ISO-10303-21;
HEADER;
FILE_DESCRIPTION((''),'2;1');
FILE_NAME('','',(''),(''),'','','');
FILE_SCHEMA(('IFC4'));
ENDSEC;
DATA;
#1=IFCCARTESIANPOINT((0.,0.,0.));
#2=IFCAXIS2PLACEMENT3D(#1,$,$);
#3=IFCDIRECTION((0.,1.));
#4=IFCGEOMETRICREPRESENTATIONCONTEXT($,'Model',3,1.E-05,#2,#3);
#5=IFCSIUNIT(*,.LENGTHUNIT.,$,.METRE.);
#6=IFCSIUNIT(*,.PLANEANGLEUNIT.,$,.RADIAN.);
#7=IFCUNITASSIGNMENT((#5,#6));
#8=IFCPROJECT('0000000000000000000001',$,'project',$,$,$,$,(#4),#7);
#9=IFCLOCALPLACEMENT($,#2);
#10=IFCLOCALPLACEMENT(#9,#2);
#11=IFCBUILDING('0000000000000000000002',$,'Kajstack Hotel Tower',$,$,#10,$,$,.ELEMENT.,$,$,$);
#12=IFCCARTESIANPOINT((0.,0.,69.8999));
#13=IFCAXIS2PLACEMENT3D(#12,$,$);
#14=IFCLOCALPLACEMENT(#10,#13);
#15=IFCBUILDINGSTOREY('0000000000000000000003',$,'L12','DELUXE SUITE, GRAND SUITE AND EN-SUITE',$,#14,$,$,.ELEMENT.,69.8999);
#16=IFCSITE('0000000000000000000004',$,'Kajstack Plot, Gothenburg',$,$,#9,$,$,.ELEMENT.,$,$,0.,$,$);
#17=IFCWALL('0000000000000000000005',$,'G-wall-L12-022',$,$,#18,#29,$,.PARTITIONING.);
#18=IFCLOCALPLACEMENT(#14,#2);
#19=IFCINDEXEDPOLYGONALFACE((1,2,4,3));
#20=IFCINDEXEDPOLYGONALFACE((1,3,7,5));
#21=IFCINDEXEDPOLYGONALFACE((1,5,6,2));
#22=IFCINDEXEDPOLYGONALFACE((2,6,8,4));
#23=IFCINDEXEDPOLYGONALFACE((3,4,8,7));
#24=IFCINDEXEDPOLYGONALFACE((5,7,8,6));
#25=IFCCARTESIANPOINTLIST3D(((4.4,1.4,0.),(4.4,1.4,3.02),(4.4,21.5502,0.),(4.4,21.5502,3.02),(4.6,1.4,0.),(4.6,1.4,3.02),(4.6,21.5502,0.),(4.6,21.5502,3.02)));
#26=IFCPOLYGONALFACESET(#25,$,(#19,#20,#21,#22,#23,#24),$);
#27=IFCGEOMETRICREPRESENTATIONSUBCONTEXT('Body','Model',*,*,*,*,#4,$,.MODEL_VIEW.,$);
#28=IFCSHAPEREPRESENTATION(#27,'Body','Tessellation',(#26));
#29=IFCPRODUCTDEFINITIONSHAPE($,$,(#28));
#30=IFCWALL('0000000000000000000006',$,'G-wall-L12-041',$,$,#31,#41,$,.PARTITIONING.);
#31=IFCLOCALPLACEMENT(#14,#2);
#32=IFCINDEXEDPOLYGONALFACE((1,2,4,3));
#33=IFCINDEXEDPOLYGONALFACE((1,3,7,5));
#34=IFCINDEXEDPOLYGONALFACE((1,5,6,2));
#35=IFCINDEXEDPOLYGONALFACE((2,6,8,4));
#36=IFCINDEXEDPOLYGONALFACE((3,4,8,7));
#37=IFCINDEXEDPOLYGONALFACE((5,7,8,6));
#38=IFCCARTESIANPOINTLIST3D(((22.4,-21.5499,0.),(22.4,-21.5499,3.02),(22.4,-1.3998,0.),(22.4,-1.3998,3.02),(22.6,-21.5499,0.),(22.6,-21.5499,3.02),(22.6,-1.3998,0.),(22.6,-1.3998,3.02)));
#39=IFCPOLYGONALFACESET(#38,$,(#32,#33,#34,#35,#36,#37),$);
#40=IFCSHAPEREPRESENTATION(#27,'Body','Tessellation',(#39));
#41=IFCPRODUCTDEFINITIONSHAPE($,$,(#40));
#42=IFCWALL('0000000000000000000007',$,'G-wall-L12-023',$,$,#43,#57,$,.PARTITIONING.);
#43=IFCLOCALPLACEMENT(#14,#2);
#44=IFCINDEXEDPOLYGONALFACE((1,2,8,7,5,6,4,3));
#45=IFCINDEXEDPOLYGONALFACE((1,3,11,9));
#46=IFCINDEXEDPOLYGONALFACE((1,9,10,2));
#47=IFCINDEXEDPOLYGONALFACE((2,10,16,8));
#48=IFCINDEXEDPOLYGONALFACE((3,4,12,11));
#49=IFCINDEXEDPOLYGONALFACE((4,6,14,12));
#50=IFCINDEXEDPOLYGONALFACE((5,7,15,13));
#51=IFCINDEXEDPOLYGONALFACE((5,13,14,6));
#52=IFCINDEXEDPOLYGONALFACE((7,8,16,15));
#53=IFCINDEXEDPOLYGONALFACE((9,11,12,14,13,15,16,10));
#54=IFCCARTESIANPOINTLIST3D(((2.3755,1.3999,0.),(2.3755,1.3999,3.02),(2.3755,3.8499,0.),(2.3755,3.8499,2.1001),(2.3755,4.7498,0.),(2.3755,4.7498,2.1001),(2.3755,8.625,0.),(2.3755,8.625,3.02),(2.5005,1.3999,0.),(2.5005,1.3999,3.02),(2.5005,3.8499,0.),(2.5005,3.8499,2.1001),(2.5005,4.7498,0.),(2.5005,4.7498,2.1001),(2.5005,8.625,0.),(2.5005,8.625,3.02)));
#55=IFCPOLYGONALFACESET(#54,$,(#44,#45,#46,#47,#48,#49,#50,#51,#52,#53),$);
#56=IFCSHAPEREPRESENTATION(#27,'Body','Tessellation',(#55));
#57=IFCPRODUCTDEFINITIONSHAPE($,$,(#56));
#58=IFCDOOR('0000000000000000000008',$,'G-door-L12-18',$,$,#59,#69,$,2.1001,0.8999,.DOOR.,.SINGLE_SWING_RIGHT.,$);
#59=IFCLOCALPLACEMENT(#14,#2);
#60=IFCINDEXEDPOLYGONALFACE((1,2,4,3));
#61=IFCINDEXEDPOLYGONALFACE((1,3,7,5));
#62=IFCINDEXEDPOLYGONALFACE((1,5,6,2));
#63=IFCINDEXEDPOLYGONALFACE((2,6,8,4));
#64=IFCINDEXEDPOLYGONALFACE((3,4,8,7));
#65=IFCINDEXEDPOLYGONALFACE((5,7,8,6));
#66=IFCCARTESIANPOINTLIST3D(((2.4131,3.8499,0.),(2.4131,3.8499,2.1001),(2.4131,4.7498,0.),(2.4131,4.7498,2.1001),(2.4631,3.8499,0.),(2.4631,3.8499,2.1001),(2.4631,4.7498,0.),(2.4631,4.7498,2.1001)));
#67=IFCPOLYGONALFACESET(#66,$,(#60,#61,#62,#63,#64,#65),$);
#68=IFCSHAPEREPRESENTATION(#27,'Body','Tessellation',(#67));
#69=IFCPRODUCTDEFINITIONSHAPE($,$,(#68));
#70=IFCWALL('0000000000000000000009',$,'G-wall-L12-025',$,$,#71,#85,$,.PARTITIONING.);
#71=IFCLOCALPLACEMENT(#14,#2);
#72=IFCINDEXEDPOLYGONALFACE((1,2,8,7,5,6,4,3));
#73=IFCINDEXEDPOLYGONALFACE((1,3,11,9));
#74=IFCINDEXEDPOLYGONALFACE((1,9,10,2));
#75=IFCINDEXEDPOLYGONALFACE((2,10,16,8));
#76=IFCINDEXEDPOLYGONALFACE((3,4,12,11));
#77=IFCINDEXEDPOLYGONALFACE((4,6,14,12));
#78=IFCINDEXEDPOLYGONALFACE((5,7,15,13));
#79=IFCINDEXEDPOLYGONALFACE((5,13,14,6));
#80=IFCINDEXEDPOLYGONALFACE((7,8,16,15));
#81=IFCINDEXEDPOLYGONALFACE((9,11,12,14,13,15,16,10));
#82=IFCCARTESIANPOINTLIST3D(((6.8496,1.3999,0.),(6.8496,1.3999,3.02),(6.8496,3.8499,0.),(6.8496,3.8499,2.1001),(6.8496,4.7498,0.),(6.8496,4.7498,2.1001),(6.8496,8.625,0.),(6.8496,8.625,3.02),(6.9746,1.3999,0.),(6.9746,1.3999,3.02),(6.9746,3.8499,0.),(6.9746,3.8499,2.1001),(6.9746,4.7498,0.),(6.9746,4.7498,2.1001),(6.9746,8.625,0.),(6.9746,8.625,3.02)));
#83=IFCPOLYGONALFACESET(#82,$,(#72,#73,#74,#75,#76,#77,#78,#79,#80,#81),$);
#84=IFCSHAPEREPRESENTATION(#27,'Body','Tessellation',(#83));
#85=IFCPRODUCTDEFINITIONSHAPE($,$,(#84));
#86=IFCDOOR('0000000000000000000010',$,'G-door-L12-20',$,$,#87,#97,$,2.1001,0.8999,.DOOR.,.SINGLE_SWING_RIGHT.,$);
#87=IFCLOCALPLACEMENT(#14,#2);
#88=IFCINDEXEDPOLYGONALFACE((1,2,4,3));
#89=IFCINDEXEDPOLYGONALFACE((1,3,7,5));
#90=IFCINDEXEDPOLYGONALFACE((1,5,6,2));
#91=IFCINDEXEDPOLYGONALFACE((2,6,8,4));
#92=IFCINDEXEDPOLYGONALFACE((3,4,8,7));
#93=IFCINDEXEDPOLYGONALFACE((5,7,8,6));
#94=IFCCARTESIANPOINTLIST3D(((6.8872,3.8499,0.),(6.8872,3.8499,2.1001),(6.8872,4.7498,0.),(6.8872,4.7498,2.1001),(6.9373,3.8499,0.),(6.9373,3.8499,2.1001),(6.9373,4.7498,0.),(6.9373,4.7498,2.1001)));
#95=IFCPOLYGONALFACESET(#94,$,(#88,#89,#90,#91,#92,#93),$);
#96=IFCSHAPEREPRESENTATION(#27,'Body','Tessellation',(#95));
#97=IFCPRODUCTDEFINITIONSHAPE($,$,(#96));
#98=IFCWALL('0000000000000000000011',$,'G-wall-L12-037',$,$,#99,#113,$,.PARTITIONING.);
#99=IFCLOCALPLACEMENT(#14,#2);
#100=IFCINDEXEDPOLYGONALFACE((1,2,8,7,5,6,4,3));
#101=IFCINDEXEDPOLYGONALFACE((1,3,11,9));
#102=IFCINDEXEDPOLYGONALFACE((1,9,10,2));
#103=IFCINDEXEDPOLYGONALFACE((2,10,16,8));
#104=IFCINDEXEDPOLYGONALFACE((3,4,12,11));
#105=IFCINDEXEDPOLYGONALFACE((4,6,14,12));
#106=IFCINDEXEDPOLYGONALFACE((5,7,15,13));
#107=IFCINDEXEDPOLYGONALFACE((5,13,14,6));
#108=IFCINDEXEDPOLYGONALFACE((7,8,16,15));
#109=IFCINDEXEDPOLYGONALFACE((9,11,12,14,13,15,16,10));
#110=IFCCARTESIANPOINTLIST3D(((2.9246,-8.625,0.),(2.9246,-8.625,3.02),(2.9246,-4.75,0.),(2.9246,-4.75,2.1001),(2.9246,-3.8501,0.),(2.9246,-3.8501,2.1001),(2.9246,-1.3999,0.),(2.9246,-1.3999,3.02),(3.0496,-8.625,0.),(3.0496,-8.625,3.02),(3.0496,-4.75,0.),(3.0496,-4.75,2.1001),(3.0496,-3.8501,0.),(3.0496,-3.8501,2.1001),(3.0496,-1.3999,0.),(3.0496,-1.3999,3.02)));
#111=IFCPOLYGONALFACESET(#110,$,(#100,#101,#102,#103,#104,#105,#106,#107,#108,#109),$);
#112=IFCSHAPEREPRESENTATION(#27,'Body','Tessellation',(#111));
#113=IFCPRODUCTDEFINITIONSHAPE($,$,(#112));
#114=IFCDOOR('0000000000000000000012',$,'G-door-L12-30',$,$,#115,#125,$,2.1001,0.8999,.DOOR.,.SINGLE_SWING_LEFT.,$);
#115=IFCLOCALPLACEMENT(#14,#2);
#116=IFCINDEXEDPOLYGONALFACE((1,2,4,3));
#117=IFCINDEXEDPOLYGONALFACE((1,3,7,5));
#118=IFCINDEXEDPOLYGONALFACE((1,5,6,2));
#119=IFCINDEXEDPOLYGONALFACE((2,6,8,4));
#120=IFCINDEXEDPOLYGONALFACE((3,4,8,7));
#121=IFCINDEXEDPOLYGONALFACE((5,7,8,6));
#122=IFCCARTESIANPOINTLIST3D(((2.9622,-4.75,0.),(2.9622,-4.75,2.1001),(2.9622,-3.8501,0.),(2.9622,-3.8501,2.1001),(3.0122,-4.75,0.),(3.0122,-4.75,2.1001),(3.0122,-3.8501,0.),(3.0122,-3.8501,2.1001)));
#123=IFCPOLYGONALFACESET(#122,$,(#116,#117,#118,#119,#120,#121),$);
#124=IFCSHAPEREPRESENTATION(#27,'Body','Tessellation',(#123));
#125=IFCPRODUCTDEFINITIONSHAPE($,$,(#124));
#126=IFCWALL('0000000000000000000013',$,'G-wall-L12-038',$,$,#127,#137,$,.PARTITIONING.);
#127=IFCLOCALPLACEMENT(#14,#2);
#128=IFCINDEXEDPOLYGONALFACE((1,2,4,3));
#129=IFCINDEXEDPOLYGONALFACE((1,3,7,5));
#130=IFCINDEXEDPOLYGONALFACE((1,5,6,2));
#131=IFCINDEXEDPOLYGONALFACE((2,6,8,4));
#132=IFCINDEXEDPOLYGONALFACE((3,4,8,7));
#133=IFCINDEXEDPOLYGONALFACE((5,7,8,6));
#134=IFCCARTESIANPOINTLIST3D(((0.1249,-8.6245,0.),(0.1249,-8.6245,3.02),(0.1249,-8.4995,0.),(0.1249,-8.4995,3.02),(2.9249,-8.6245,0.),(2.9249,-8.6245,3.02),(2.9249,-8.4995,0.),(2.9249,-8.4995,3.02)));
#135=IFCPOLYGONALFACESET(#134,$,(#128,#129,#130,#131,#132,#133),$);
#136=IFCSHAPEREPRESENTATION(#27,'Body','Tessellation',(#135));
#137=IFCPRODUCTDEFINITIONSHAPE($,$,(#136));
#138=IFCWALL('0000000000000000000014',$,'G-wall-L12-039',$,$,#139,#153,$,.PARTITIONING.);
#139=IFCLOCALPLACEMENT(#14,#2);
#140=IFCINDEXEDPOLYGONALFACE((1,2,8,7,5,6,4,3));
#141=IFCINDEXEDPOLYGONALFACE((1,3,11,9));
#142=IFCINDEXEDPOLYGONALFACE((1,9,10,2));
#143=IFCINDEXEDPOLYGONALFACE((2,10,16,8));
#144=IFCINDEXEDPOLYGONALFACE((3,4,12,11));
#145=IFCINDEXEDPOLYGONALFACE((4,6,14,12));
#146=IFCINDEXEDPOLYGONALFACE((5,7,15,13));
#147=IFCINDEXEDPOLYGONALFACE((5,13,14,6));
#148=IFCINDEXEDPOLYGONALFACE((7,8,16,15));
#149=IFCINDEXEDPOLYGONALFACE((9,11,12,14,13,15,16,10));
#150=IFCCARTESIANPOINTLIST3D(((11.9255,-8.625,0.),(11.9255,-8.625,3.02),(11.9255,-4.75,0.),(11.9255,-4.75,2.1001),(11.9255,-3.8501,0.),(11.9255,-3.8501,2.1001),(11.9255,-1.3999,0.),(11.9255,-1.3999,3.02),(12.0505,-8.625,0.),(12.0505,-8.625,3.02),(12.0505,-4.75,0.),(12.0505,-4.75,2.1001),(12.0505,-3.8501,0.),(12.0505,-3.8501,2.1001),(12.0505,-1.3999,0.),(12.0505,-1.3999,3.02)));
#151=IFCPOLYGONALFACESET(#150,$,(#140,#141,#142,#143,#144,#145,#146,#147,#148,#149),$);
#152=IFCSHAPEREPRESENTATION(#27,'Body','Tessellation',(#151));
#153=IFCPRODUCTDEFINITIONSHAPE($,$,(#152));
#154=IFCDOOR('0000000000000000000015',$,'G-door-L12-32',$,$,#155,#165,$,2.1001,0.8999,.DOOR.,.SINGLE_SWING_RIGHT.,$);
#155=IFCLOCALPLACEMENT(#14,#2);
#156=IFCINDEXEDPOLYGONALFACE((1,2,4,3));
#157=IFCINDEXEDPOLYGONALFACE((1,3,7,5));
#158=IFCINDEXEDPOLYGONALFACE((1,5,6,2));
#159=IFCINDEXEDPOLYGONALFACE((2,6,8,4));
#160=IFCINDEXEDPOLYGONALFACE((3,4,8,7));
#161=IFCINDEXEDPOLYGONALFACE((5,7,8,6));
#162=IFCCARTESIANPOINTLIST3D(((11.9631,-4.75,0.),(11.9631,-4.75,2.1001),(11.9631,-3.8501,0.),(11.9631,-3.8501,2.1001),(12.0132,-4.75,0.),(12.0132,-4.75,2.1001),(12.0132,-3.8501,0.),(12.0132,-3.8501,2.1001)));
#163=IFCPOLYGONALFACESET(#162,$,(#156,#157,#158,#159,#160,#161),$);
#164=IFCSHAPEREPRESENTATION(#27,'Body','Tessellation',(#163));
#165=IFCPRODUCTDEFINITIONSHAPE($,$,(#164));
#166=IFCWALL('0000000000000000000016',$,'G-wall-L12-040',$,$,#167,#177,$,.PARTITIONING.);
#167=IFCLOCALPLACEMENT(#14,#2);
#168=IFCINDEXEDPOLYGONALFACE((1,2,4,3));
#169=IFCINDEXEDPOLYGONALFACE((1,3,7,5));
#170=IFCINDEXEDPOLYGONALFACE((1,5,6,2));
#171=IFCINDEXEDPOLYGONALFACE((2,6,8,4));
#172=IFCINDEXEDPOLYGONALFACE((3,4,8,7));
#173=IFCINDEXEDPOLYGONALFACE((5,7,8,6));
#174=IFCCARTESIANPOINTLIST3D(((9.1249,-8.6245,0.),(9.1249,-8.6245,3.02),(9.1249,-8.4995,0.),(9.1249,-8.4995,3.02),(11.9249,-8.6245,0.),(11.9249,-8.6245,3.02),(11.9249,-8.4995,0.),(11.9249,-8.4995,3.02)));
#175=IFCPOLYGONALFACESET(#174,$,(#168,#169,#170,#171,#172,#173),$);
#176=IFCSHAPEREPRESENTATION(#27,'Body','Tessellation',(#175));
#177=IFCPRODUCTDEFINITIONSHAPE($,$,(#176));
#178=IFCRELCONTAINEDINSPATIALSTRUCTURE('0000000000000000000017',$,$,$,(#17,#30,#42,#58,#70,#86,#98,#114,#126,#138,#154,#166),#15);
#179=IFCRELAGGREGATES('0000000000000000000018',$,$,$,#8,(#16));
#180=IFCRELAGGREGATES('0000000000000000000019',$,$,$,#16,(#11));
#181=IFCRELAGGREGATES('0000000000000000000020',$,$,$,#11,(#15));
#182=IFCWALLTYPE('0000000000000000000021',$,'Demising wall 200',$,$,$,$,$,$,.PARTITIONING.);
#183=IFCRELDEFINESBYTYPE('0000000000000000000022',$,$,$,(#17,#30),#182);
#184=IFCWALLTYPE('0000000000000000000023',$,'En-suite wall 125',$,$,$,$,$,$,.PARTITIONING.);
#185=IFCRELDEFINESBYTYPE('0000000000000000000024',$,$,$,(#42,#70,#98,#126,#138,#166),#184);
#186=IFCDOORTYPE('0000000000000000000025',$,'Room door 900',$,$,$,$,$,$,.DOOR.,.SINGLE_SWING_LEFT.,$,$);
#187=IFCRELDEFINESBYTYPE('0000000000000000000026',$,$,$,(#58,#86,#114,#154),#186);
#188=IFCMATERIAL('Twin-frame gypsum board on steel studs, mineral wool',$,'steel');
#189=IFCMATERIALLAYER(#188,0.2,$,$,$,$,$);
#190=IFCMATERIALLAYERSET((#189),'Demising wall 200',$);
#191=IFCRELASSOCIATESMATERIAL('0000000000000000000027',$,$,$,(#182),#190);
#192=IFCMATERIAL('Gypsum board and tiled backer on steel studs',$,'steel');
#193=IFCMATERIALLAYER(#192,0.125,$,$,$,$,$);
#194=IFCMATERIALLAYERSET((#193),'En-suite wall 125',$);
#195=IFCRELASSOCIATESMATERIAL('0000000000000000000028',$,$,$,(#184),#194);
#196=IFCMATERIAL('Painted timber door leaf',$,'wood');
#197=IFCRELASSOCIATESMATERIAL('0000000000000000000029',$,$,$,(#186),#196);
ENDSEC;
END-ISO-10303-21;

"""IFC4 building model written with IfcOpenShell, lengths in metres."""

from ifc_helpers import new_model, si_unit, direction, frame, frame_2d, origin, place, context, subcontext, project, spatial, rectangle, extrude, material, layer, layer_set, type_object, element, fill, save


model = new_model("IFC4")

# Units and contexts
model_context = context("Model", 3, precision=1e-05, world=origin(), true_north=direction((0.0, 1.0)))
body_context = subcontext(model_context, "Body", "Model", "MODEL_VIEW")
ifc_project = project(units=[si_unit("LENGTHUNIT", "METRE"), si_unit("PLANEANGLEUNIT", "RADIAN")], contexts=[model_context])

# Site, building, storey
site_placement = place(None, origin())
site = spatial("IfcSite", under=ifc_project, at=site_placement, Name="Kajstack Plot, Gothenburg", CompositionType="ELEMENT", RefElevation=0.0)
building_placement = place(site_placement, origin())
building = spatial("IfcBuilding", under=site, at=building_placement, Name="Kajstack Hotel Tower", CompositionType="ELEMENT")
storey_placement = place(building_placement, frame((0.0, 0.0, 69.8999)))
storey = spatial("IfcBuildingStorey", under=building, at=storey_placement, Name="L12", Description="DELUXE SUITE, GRAND SUITE AND EN-SUITE", CompositionType="ELEMENT", Elevation=69.8999)

# Walls
ifc_material_1 = material(Name="Twin-frame gypsum board on steel studs, mineral wool", Category="steel")
ifc_layer_1 = layer(ifc_material_1, 0.2)
ifc_layer_set_1 = layer_set([ifc_layer_1], Name="Demising wall 200")
wall_type_1 = type_object("IfcWallType", Name="Demising wall 200", PredefinedType="PARTITIONING", material=ifc_layer_set_1)
for number, where, z_axis, x_axis, name in (
    (1, (4.5, 1.3999, 0.0), (0.0, 0.0, 1.0), (0.0, 1.0, 0.0), "G-wall-L12-022"),
    (2, (22.5, -21.55, 0.0), (0.0, 0.0, 1.0), (0.0, 1.0, 0.0), "G-wall-L12-041"),
):
    element("IfcWall", number, at=place(storey_placement, frame(where, z_axis=z_axis, x_axis=x_axis)), inside=storey, type_object=wall_type_1, Name=name, PredefinedType="PARTITIONING", context=body_context, shape_type="SweptSolid", body=[
        extrude(rectangle(XDim=20.1501, YDim=0.2, at=frame_2d((10.0752, 0.0))), origin(), (0.0, 0.0, 1.0), 3.02),
    ])

# Walls, openings, doors
ifc_material_2 = material(Name="Gypsum board and tiled backer on steel studs", Category="steel")
ifc_layer_2 = layer(ifc_material_2, 0.125)
ifc_layer_set_2 = layer_set([ifc_layer_2], Name="En-suite wall 125")
wall_type_2 = type_object("IfcWallType", Name="En-suite wall 125", PredefinedType="PARTITIONING", material=ifc_layer_set_2)
wall_1_placement = place(storey_placement, frame((2.438, 1.3999, 0.0), z_axis=(0.0, 0.0, 1.0), x_axis=(0.0, 1.0, 0.0)))
wall_1 = element("IfcWall", 3, at=wall_1_placement, inside=storey, type_object=wall_type_2, Name="G-wall-L12-023", PredefinedType="PARTITIONING", context=body_context, shape_type="SweptSolid", body=[
    extrude(rectangle(XDim=7.2251, YDim=0.125, at=frame_2d((3.6125, 0.0))), origin(), (0.0, 0.0, 1.0), 3.02),
])
opening_1_placement = place(wall_1_placement, frame((2.45, 0.0, 0.0)))
opening_1 = element("IfcOpeningElement", 4, at=opening_1_placement, cuts=wall_1, PredefinedType="OPENING", context=body_context, shape_type="SweptSolid", body=[
    extrude(rectangle(XDim=0.8999, YDim=2.1001, at=frame_2d((0.45, 1.05))), frame((0.0, 0.0725, 0.0), z_axis=(0.0, -1.0, 0.0), x_axis=(1.0, 0.0, 0.0)), (0.0, 0.0, 1.0), 0.145),
])
ifc_material_3 = material(Name="Painted timber door leaf", Category="wood")
door_type = type_object("IfcDoorType", Name="Room door 900", OperationType="SINGLE_SWING_LEFT", PredefinedType="DOOR", material=ifc_material_3)
door_1_placement = place(opening_1_placement, origin())
door_1 = element("IfcDoor", 5, at=door_1_placement, inside=storey, type_object=door_type, Name="G-door-L12-18", OperationType="SINGLE_SWING_RIGHT", OverallHeight=2.1001, OverallWidth=0.8999, PredefinedType="DOOR", context=body_context, shape_type="SweptSolid", body=[
    extrude(rectangle(XDim=0.8999, YDim=2.1001, at=frame_2d((0.45, 1.05))), frame((0.0, 0.0249, 0.0), z_axis=(0.0, -1.0, 0.0), x_axis=(1.0, 0.0, 0.0)), (0.0, 0.0, 1.0), 0.05),
])
fill(opening_1, door_1)
wall_2_placement = place(storey_placement, frame((6.9121, 1.3999, 0.0), z_axis=(0.0, 0.0, 1.0), x_axis=(0.0, 1.0, 0.0)))
wall_2 = element("IfcWall", 6, at=wall_2_placement, inside=storey, type_object=wall_type_2, Name="G-wall-L12-025", PredefinedType="PARTITIONING", context=body_context, shape_type="SweptSolid", body=[
    extrude(rectangle(XDim=7.2251, YDim=0.125, at=frame_2d((3.6125, 0.0))), origin(), (0.0, 0.0, 1.0), 3.02),
])
opening_2_placement = place(wall_2_placement, frame((2.45, 0.0, 0.0)))
opening_2 = element("IfcOpeningElement", 7, at=opening_2_placement, cuts=wall_2, PredefinedType="OPENING", context=body_context, shape_type="SweptSolid", body=[
    extrude(rectangle(XDim=0.8999, YDim=2.1001, at=frame_2d((0.45, 1.05))), frame((0.0, 0.0725, 0.0), z_axis=(0.0, -1.0, 0.0), x_axis=(1.0, 0.0, 0.0)), (0.0, 0.0, 1.0), 0.145),
])
door_2_placement = place(opening_2_placement, origin())
door_2 = element("IfcDoor", 8, at=door_2_placement, inside=storey, type_object=door_type, Name="G-door-L12-20", OperationType="SINGLE_SWING_RIGHT", OverallHeight=2.1001, OverallWidth=0.8999, PredefinedType="DOOR", context=body_context, shape_type="SweptSolid", body=[
    extrude(rectangle(XDim=0.8999, YDim=2.1001, at=frame_2d((0.45, 1.05))), frame((0.0, 0.0249, 0.0), z_axis=(0.0, -1.0, 0.0), x_axis=(1.0, 0.0, 0.0)), (0.0, 0.0, 1.0), 0.05),
])
fill(opening_2, door_2)
wall_3_placement = place(storey_placement, frame((2.9871, -8.625, 0.0), z_axis=(0.0, 0.0, 1.0), x_axis=(0.0, 1.0, 0.0)))
wall_3 = element("IfcWall", 9, at=wall_3_placement, inside=storey, type_object=wall_type_2, Name="G-wall-L12-037", PredefinedType="PARTITIONING", context=body_context, shape_type="SweptSolid", body=[
    extrude(rectangle(XDim=7.2251, YDim=0.125, at=frame_2d((3.6125, 0.0))), origin(), (0.0, 0.0, 1.0), 3.02),
])
opening_3_placement = place(wall_3_placement, frame((3.875, 0.0, 0.0)))
opening_3 = element("IfcOpeningElement", 10, at=opening_3_placement, cuts=wall_3, PredefinedType="OPENING", context=body_context, shape_type="SweptSolid", body=[
    extrude(rectangle(XDim=0.8999, YDim=2.1001, at=frame_2d((0.45, 1.05))), frame((0.0, 0.0725, 0.0), z_axis=(0.0, -1.0, 0.0), x_axis=(1.0, 0.0, 0.0)), (0.0, 0.0, 1.0), 0.145),
])
door_3_placement = place(opening_3_placement, origin())
door_3 = element("IfcDoor", 11, at=door_3_placement, inside=storey, type_object=door_type, Name="G-door-L12-30", OperationType="SINGLE_SWING_LEFT", OverallHeight=2.1001, OverallWidth=0.8999, PredefinedType="DOOR", context=body_context, shape_type="SweptSolid", body=[
    extrude(rectangle(XDim=0.8999, YDim=2.1001, at=frame_2d((0.45, 1.05))), frame((0.0, 0.0249, 0.0), z_axis=(0.0, -1.0, 0.0), x_axis=(1.0, 0.0, 0.0)), (0.0, 0.0, 1.0), 0.05),
])
fill(opening_3, door_3)

# Wall
wall_4_placement = place(storey_placement, frame((0.125, -8.562, 0.0), z_axis=(0.0, 0.0, 1.0), x_axis=(1.0, 0.0, 0.0)))
element("IfcWall", 12, at=wall_4_placement, inside=storey, type_object=wall_type_2, Name="G-wall-L12-038", PredefinedType="PARTITIONING", context=body_context, shape_type="SweptSolid", body=[
    extrude(rectangle(XDim=2.8, YDim=0.125, at=frame_2d((1.3999, 0.0))), origin(), (0.0, 0.0, 1.0), 3.02),
])

# Wall, opening, door
wall_5_placement = place(storey_placement, frame((11.988, -8.625, 0.0), z_axis=(0.0, 0.0, 1.0), x_axis=(0.0, 1.0, 0.0)))
wall_5 = element("IfcWall", 13, at=wall_5_placement, inside=storey, type_object=wall_type_2, Name="G-wall-L12-039", PredefinedType="PARTITIONING", context=body_context, shape_type="SweptSolid", body=[
    extrude(rectangle(XDim=7.2251, YDim=0.125, at=frame_2d((3.6125, 0.0))), origin(), (0.0, 0.0, 1.0), 3.02),
])
opening_4_placement = place(wall_5_placement, frame((3.875, 0.0, 0.0)))
opening_4 = element("IfcOpeningElement", 14, at=opening_4_placement, cuts=wall_5, PredefinedType="OPENING", context=body_context, shape_type="SweptSolid", body=[
    extrude(rectangle(XDim=0.8999, YDim=2.1001, at=frame_2d((0.45, 1.05))), frame((0.0, 0.0725, 0.0), z_axis=(0.0, -1.0, 0.0), x_axis=(1.0, 0.0, 0.0)), (0.0, 0.0, 1.0), 0.145),
])
door_4_placement = place(opening_4_placement, origin())
door_4 = element("IfcDoor", 15, at=door_4_placement, inside=storey, type_object=door_type, Name="G-door-L12-32", OperationType="SINGLE_SWING_RIGHT", OverallHeight=2.1001, OverallWidth=0.8999, PredefinedType="DOOR", context=body_context, shape_type="SweptSolid", body=[
    extrude(rectangle(XDim=0.8999, YDim=2.1001, at=frame_2d((0.45, 1.05))), frame((0.0, 0.0249, 0.0), z_axis=(0.0, -1.0, 0.0), x_axis=(1.0, 0.0, 0.0)), (0.0, 0.0, 1.0), 0.05),
])
fill(opening_4, door_4)

# Wall
wall_6_placement = place(storey_placement, frame((9.125, -8.562, 0.0), z_axis=(0.0, 0.0, 1.0), x_axis=(1.0, 0.0, 0.0)))
element("IfcWall", 16, at=wall_6_placement, inside=storey, type_object=wall_type_2, Name="G-wall-L12-040", PredefinedType="PARTITIONING", context=body_context, shape_type="SweptSolid", body=[
    extrude(rectangle(XDim=2.8, YDim=0.125, at=frame_2d((1.3999, 0.0))), origin(), (0.0, 0.0, 1.0), 3.02),
])

save(model, "model.ifc")
